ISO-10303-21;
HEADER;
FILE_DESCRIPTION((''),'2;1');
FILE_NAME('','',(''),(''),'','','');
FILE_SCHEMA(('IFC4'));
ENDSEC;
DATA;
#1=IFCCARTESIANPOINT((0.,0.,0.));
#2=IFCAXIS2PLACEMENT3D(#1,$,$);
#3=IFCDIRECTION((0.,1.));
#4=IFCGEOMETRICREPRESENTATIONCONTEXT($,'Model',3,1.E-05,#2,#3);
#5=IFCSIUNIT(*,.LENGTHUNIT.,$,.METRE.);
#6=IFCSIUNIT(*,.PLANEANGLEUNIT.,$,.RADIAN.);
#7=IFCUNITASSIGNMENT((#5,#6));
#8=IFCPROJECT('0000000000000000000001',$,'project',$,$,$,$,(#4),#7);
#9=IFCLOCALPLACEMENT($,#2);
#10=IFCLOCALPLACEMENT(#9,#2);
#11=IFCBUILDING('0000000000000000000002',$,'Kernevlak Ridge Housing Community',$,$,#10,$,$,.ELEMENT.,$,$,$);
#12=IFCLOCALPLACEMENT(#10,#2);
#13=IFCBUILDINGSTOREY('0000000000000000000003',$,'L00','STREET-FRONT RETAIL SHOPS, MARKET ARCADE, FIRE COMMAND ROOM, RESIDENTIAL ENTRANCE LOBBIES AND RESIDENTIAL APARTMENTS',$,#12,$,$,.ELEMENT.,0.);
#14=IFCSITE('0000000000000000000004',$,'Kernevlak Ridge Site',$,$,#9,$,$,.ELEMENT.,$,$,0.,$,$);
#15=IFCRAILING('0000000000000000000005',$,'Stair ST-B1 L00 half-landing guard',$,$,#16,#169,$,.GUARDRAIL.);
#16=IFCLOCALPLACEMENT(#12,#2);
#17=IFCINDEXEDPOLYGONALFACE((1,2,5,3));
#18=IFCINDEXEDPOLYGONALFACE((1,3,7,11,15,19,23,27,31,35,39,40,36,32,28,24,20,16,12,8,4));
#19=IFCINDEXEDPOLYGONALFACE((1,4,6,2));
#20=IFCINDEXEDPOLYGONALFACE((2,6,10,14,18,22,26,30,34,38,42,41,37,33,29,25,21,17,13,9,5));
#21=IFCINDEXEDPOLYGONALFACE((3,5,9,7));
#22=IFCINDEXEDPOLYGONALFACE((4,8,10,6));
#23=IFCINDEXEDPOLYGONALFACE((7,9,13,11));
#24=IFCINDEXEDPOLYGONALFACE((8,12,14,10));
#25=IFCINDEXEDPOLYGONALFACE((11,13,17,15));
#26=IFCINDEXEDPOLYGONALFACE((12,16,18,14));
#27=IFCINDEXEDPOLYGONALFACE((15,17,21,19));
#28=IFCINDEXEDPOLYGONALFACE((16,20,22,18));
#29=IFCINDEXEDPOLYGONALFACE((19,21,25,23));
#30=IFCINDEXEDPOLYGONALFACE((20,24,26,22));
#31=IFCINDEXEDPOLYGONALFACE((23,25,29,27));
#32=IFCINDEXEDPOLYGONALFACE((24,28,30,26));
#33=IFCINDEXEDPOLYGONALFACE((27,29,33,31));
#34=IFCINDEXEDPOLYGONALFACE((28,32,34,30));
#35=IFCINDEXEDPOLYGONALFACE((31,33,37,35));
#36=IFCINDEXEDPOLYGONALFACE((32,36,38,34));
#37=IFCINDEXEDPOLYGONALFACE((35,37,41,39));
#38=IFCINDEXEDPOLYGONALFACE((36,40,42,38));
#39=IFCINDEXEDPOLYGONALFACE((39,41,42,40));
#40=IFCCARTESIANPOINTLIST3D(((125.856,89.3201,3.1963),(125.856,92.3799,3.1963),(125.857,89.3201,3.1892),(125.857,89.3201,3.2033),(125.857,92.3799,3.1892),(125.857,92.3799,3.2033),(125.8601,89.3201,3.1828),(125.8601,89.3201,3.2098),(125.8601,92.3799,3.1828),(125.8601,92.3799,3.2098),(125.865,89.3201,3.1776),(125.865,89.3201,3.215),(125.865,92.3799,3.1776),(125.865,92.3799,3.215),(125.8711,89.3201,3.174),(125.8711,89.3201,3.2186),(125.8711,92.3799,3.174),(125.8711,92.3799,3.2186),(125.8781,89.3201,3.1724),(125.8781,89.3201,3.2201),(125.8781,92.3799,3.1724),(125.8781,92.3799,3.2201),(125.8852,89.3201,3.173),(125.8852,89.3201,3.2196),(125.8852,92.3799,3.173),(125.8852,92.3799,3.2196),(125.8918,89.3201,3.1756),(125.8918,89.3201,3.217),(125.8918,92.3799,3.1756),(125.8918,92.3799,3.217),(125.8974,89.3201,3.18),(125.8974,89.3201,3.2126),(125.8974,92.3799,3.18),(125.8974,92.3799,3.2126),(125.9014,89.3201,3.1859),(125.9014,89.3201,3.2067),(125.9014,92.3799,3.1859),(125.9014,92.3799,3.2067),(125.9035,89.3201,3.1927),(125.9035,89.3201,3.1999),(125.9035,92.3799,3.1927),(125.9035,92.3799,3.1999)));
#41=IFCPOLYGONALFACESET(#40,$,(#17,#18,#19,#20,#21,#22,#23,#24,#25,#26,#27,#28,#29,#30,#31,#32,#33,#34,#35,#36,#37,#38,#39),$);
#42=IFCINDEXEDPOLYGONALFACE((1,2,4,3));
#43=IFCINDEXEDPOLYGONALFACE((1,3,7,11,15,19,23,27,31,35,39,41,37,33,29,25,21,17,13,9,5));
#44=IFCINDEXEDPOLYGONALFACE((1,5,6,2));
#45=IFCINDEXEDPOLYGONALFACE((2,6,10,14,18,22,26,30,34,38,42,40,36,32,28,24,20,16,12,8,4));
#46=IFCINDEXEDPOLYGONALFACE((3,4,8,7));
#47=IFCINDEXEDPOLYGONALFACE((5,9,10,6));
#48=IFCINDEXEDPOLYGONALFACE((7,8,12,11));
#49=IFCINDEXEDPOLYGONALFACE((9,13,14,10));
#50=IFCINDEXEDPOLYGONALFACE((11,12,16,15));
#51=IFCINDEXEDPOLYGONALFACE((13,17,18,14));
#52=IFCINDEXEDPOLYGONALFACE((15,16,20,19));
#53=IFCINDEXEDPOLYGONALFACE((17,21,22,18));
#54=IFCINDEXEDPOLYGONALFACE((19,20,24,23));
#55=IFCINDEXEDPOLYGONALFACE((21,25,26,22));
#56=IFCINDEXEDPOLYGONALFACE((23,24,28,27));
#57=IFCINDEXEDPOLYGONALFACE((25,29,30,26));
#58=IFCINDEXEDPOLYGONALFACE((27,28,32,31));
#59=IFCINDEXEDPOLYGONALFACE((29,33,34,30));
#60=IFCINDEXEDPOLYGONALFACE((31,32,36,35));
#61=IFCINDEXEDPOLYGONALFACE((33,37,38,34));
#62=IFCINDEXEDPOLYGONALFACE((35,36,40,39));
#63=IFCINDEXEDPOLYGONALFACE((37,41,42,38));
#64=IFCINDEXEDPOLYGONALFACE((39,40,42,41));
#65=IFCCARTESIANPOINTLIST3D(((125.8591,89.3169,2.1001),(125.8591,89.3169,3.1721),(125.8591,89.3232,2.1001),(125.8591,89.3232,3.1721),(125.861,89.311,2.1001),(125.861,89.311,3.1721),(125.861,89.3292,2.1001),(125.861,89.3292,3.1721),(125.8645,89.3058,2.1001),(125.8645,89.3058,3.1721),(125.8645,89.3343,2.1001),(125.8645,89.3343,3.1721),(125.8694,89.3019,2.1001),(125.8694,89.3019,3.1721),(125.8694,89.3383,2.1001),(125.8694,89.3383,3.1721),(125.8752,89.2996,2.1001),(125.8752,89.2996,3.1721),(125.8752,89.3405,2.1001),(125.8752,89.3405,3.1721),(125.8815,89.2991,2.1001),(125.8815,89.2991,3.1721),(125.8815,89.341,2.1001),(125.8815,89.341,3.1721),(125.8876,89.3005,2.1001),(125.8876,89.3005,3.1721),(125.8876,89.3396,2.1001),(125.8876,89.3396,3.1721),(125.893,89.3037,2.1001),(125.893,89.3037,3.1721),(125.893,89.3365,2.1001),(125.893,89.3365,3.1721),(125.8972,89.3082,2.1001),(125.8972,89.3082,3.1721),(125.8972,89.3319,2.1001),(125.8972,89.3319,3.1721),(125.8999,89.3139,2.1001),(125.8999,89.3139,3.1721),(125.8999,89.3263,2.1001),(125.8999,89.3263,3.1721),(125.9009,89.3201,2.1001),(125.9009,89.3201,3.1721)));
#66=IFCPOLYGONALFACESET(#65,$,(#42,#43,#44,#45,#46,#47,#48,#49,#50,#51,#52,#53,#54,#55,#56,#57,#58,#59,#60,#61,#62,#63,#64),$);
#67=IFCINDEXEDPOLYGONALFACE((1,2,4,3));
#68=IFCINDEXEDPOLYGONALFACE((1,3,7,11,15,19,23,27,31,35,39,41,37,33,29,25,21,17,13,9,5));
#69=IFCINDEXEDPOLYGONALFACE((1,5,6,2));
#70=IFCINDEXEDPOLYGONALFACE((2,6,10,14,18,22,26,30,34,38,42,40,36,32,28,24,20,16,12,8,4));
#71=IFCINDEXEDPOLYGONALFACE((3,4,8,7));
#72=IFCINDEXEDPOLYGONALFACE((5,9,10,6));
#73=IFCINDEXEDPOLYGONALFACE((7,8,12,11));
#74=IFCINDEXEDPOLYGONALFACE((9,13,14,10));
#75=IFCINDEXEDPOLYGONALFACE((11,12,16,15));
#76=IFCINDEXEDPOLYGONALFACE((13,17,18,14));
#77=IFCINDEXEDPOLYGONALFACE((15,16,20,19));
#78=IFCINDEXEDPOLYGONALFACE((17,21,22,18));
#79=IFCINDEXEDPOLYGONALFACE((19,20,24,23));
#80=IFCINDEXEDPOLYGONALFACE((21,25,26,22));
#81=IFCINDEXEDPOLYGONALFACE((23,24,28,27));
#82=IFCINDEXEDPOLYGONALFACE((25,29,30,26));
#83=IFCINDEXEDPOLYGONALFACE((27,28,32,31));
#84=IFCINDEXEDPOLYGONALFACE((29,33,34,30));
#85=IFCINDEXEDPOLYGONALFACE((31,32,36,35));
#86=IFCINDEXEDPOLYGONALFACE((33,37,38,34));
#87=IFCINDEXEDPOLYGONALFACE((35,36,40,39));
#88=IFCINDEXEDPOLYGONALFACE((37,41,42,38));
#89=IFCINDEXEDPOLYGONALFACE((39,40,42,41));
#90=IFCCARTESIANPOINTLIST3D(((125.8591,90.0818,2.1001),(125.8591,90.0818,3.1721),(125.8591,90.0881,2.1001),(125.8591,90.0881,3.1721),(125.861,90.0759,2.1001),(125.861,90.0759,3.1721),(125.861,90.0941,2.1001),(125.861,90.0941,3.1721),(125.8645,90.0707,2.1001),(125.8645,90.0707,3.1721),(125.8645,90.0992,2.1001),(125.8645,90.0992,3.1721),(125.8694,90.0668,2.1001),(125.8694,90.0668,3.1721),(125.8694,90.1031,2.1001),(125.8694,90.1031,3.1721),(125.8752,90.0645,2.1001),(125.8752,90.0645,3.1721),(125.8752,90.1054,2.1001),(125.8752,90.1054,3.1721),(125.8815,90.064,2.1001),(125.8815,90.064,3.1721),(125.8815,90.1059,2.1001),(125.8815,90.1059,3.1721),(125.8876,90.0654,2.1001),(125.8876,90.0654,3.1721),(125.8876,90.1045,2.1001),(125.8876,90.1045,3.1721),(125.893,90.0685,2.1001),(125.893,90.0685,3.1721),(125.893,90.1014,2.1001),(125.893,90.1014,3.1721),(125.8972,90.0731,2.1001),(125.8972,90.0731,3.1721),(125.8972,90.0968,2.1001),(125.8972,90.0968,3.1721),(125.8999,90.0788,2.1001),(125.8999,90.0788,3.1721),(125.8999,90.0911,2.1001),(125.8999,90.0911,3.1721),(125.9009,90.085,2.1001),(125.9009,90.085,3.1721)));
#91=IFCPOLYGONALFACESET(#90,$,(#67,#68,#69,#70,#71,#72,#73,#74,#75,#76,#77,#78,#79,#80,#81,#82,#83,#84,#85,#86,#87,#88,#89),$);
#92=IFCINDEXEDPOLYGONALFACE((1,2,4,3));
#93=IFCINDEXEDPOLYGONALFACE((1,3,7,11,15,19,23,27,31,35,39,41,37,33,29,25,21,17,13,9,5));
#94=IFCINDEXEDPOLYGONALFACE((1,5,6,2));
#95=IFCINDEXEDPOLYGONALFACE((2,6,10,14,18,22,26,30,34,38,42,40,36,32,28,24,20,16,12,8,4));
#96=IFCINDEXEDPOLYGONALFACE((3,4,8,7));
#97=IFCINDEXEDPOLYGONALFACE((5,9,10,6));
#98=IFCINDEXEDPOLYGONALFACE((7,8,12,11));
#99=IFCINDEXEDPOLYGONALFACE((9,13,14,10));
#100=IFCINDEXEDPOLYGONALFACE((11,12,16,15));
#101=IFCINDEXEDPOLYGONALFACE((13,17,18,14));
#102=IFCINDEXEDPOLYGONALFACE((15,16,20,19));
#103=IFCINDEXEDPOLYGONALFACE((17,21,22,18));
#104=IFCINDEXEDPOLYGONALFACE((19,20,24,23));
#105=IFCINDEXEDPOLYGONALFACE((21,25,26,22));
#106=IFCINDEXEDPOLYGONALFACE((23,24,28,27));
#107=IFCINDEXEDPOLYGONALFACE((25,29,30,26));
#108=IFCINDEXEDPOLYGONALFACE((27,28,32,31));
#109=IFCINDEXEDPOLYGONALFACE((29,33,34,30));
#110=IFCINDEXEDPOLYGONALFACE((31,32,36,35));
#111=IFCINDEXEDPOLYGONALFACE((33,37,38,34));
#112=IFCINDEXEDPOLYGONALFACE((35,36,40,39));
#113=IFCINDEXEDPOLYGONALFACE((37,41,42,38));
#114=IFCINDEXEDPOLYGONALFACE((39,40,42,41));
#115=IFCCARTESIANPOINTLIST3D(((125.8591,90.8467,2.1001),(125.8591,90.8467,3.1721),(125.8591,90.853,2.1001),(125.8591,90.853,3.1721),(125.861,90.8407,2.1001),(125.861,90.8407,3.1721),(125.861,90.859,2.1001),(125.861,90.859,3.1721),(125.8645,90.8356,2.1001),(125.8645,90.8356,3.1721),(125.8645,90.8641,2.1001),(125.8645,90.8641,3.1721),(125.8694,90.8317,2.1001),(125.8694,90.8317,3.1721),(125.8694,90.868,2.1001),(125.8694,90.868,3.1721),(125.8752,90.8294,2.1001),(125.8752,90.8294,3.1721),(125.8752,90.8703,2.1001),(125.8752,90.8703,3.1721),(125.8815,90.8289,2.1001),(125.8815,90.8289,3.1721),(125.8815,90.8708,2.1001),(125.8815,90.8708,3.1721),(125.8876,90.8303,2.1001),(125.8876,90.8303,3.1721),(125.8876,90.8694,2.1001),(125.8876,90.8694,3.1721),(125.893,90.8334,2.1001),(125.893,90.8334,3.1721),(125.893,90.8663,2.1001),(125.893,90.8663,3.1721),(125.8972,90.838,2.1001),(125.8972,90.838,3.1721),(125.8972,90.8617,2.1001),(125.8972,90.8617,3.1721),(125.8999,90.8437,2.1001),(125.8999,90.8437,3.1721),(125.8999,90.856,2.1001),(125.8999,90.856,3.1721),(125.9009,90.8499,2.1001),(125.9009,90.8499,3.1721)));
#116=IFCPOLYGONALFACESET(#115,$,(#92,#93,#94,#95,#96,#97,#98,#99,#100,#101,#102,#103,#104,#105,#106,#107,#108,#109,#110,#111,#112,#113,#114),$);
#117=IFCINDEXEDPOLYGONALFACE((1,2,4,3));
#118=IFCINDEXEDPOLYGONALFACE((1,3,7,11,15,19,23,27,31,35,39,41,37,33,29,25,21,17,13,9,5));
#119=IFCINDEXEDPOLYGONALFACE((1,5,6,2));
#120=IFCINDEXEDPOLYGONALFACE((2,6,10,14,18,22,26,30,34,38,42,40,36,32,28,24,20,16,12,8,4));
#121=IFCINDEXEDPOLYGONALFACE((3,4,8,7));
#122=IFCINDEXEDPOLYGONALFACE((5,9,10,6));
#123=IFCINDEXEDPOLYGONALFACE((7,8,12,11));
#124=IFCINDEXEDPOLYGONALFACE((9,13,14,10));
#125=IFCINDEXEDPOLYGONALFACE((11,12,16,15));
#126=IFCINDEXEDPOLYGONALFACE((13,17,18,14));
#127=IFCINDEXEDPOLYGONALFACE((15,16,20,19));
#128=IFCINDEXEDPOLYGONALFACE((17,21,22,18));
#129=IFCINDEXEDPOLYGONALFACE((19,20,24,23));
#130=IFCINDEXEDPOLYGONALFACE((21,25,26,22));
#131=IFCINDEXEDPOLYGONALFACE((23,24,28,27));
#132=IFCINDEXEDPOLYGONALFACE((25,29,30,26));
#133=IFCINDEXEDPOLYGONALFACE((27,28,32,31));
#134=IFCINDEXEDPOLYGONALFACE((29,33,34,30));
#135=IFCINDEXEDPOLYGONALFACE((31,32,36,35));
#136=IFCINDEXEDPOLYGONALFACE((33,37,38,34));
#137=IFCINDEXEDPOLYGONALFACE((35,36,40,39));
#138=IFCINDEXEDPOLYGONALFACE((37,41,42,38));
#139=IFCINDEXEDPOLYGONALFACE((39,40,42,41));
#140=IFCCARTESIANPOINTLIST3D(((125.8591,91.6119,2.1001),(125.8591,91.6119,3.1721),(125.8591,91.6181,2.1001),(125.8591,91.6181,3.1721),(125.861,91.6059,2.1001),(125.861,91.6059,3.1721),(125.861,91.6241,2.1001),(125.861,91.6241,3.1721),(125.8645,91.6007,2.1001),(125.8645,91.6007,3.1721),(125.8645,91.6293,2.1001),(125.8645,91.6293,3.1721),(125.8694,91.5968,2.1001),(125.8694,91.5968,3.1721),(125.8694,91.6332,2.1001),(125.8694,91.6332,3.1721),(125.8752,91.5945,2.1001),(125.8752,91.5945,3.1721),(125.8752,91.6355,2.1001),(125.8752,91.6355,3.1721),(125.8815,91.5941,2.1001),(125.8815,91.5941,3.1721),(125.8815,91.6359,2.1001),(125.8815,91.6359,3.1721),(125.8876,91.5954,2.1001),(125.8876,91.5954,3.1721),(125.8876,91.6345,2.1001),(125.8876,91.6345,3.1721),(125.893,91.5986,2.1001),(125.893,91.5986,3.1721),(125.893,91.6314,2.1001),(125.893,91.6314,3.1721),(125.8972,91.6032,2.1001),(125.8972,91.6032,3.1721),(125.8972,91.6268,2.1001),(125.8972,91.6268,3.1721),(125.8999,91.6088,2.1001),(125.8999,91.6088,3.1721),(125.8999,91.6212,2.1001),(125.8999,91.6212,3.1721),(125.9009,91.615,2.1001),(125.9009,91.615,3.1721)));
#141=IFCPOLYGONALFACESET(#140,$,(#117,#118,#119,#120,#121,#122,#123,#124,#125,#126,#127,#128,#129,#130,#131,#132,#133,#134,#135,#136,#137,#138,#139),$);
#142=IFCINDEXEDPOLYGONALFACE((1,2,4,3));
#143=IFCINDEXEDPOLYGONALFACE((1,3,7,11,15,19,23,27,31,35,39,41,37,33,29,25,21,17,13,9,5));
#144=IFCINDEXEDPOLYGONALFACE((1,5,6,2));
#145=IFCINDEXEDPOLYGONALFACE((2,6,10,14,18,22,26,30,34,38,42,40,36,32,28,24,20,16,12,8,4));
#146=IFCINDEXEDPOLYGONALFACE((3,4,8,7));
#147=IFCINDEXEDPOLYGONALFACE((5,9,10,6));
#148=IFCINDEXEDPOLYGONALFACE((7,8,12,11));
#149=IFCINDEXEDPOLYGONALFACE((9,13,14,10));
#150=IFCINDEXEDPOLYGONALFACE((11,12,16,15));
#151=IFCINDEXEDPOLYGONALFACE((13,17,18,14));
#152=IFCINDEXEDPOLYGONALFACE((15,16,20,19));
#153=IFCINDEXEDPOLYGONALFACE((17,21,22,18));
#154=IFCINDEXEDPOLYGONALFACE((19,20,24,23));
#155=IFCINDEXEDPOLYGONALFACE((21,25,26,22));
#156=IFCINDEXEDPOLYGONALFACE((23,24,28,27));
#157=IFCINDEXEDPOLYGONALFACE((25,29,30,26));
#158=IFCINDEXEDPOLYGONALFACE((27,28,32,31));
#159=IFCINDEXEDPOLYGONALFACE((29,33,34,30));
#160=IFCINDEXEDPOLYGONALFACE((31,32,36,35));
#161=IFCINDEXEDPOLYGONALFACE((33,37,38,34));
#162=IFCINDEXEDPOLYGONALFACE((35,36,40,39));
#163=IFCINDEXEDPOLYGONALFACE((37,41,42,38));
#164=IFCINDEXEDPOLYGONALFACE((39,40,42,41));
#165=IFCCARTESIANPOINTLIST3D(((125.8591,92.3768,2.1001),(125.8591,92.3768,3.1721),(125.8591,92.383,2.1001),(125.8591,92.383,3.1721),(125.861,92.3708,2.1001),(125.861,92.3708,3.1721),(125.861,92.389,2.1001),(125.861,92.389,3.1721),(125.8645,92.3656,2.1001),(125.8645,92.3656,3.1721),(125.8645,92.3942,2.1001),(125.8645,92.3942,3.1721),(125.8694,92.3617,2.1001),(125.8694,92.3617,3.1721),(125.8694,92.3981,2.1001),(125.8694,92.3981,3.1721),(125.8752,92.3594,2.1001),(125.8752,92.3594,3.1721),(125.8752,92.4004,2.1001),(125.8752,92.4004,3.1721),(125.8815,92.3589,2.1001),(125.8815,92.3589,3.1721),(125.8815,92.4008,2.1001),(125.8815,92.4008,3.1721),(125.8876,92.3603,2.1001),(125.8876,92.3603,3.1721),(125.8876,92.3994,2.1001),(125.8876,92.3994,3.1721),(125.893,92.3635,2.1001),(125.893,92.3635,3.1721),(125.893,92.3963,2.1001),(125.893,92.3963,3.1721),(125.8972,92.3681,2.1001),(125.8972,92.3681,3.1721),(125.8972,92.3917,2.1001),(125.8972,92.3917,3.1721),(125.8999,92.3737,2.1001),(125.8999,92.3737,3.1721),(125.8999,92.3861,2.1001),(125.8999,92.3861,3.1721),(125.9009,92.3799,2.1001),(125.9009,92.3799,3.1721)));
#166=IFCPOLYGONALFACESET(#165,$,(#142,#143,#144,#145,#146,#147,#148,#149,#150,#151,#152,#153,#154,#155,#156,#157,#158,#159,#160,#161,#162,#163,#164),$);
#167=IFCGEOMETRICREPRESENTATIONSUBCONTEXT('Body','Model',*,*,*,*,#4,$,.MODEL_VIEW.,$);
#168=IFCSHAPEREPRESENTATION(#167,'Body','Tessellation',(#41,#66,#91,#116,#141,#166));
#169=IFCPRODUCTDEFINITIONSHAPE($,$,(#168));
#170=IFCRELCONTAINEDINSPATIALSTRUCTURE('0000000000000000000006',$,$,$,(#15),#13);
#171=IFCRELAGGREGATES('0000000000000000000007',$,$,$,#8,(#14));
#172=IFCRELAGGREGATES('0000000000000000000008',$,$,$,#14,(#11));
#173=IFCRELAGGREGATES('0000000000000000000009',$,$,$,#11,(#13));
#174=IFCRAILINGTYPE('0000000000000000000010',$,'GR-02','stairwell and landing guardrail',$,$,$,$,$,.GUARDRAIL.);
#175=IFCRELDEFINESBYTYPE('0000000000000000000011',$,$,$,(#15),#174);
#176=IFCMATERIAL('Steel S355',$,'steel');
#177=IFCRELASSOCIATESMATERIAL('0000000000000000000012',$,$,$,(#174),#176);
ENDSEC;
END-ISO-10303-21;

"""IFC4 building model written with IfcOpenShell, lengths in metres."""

from ifc_helpers import new_model, si_unit, direction, frame, origin, origin_2d, place, context, subcontext, project, spatial, circle, extrude, material, type_object, element, save


model = new_model("IFC4")

# Units and contexts
model_context = context("Model", 3, precision=1e-05, world=origin(), true_north=direction((0.0, 1.0)))
body_context = subcontext(model_context, "Body", "Model", "MODEL_VIEW")
ifc_project = project(units=[si_unit("LENGTHUNIT", "METRE"), si_unit("PLANEANGLEUNIT", "RADIAN")], contexts=[model_context])

# Site, building, storey
site_placement = place(None, origin())
site = spatial("IfcSite", under=ifc_project, at=site_placement, Name="Kernevlak Ridge Site", CompositionType="ELEMENT", RefElevation=0.0)
building_placement = place(site_placement, origin())
building = spatial("IfcBuilding", under=site, at=building_placement, Name="Kernevlak Ridge Housing Community", CompositionType="ELEMENT")
storey_placement = place(building_placement, origin())
storey = spatial("IfcBuildingStorey", under=building, at=storey_placement, Name="L00", Description="STREET-FRONT RETAIL SHOPS, MARKET ARCADE, FIRE COMMAND ROOM, RESIDENTIAL ENTRANCE LOBBIES AND RESIDENTIAL APARTMENTS", CompositionType="ELEMENT", Elevation=0.0)

# Railing
ifc_material_1 = material(Name="Steel S355", Category="steel")
railing_type_1 = type_object("IfcRailingType", Name="GR-02", Description="stairwell and landing guardrail", PredefinedType="GUARDRAIL", material=ifc_material_1)
railing_1_placement = place(storey_placement, frame((125.8799, 89.3201, 2.1001)))
element("IfcRailing", 1, at=railing_1_placement, inside=storey, type_object=railing_type_1, Name="Stair ST-B1 L00 half-landing guard", PredefinedType="GUARDRAIL", context=body_context, shape_type="SweptSolid", body=[
    extrude(circle(Radius=0.0239, at=origin_2d()), frame((0.0, 0.0, 1.0962), z_axis=(0.0, 1.0, 0.0), x_axis=(-1.0, 0.0, 0.0)), (0.0, 0.0, 1.0), 3.0598),
    extrude(circle(Radius=0.021, at=origin_2d()), origin(), (0.0, 0.0, 1.0), 1.072),
    extrude(circle(Radius=0.021, at=origin_2d()), frame((0.0, 0.7649, 0.0)), (0.0, 0.0, 1.0), 1.072),
    extrude(circle(Radius=0.021, at=origin_2d()), frame((0.0, 1.5298, 0.0)), (0.0, 0.0, 1.0), 1.072),
    extrude(circle(Radius=0.021, at=origin_2d()), frame((0.0, 2.2949, 0.0)), (0.0, 0.0, 1.0), 1.072),
    extrude(circle(Radius=0.021, at=origin_2d()), frame((0.0, 3.0598, 0.0)), (0.0, 0.0, 1.0), 1.072),
])

save(model, "model.ifc")
